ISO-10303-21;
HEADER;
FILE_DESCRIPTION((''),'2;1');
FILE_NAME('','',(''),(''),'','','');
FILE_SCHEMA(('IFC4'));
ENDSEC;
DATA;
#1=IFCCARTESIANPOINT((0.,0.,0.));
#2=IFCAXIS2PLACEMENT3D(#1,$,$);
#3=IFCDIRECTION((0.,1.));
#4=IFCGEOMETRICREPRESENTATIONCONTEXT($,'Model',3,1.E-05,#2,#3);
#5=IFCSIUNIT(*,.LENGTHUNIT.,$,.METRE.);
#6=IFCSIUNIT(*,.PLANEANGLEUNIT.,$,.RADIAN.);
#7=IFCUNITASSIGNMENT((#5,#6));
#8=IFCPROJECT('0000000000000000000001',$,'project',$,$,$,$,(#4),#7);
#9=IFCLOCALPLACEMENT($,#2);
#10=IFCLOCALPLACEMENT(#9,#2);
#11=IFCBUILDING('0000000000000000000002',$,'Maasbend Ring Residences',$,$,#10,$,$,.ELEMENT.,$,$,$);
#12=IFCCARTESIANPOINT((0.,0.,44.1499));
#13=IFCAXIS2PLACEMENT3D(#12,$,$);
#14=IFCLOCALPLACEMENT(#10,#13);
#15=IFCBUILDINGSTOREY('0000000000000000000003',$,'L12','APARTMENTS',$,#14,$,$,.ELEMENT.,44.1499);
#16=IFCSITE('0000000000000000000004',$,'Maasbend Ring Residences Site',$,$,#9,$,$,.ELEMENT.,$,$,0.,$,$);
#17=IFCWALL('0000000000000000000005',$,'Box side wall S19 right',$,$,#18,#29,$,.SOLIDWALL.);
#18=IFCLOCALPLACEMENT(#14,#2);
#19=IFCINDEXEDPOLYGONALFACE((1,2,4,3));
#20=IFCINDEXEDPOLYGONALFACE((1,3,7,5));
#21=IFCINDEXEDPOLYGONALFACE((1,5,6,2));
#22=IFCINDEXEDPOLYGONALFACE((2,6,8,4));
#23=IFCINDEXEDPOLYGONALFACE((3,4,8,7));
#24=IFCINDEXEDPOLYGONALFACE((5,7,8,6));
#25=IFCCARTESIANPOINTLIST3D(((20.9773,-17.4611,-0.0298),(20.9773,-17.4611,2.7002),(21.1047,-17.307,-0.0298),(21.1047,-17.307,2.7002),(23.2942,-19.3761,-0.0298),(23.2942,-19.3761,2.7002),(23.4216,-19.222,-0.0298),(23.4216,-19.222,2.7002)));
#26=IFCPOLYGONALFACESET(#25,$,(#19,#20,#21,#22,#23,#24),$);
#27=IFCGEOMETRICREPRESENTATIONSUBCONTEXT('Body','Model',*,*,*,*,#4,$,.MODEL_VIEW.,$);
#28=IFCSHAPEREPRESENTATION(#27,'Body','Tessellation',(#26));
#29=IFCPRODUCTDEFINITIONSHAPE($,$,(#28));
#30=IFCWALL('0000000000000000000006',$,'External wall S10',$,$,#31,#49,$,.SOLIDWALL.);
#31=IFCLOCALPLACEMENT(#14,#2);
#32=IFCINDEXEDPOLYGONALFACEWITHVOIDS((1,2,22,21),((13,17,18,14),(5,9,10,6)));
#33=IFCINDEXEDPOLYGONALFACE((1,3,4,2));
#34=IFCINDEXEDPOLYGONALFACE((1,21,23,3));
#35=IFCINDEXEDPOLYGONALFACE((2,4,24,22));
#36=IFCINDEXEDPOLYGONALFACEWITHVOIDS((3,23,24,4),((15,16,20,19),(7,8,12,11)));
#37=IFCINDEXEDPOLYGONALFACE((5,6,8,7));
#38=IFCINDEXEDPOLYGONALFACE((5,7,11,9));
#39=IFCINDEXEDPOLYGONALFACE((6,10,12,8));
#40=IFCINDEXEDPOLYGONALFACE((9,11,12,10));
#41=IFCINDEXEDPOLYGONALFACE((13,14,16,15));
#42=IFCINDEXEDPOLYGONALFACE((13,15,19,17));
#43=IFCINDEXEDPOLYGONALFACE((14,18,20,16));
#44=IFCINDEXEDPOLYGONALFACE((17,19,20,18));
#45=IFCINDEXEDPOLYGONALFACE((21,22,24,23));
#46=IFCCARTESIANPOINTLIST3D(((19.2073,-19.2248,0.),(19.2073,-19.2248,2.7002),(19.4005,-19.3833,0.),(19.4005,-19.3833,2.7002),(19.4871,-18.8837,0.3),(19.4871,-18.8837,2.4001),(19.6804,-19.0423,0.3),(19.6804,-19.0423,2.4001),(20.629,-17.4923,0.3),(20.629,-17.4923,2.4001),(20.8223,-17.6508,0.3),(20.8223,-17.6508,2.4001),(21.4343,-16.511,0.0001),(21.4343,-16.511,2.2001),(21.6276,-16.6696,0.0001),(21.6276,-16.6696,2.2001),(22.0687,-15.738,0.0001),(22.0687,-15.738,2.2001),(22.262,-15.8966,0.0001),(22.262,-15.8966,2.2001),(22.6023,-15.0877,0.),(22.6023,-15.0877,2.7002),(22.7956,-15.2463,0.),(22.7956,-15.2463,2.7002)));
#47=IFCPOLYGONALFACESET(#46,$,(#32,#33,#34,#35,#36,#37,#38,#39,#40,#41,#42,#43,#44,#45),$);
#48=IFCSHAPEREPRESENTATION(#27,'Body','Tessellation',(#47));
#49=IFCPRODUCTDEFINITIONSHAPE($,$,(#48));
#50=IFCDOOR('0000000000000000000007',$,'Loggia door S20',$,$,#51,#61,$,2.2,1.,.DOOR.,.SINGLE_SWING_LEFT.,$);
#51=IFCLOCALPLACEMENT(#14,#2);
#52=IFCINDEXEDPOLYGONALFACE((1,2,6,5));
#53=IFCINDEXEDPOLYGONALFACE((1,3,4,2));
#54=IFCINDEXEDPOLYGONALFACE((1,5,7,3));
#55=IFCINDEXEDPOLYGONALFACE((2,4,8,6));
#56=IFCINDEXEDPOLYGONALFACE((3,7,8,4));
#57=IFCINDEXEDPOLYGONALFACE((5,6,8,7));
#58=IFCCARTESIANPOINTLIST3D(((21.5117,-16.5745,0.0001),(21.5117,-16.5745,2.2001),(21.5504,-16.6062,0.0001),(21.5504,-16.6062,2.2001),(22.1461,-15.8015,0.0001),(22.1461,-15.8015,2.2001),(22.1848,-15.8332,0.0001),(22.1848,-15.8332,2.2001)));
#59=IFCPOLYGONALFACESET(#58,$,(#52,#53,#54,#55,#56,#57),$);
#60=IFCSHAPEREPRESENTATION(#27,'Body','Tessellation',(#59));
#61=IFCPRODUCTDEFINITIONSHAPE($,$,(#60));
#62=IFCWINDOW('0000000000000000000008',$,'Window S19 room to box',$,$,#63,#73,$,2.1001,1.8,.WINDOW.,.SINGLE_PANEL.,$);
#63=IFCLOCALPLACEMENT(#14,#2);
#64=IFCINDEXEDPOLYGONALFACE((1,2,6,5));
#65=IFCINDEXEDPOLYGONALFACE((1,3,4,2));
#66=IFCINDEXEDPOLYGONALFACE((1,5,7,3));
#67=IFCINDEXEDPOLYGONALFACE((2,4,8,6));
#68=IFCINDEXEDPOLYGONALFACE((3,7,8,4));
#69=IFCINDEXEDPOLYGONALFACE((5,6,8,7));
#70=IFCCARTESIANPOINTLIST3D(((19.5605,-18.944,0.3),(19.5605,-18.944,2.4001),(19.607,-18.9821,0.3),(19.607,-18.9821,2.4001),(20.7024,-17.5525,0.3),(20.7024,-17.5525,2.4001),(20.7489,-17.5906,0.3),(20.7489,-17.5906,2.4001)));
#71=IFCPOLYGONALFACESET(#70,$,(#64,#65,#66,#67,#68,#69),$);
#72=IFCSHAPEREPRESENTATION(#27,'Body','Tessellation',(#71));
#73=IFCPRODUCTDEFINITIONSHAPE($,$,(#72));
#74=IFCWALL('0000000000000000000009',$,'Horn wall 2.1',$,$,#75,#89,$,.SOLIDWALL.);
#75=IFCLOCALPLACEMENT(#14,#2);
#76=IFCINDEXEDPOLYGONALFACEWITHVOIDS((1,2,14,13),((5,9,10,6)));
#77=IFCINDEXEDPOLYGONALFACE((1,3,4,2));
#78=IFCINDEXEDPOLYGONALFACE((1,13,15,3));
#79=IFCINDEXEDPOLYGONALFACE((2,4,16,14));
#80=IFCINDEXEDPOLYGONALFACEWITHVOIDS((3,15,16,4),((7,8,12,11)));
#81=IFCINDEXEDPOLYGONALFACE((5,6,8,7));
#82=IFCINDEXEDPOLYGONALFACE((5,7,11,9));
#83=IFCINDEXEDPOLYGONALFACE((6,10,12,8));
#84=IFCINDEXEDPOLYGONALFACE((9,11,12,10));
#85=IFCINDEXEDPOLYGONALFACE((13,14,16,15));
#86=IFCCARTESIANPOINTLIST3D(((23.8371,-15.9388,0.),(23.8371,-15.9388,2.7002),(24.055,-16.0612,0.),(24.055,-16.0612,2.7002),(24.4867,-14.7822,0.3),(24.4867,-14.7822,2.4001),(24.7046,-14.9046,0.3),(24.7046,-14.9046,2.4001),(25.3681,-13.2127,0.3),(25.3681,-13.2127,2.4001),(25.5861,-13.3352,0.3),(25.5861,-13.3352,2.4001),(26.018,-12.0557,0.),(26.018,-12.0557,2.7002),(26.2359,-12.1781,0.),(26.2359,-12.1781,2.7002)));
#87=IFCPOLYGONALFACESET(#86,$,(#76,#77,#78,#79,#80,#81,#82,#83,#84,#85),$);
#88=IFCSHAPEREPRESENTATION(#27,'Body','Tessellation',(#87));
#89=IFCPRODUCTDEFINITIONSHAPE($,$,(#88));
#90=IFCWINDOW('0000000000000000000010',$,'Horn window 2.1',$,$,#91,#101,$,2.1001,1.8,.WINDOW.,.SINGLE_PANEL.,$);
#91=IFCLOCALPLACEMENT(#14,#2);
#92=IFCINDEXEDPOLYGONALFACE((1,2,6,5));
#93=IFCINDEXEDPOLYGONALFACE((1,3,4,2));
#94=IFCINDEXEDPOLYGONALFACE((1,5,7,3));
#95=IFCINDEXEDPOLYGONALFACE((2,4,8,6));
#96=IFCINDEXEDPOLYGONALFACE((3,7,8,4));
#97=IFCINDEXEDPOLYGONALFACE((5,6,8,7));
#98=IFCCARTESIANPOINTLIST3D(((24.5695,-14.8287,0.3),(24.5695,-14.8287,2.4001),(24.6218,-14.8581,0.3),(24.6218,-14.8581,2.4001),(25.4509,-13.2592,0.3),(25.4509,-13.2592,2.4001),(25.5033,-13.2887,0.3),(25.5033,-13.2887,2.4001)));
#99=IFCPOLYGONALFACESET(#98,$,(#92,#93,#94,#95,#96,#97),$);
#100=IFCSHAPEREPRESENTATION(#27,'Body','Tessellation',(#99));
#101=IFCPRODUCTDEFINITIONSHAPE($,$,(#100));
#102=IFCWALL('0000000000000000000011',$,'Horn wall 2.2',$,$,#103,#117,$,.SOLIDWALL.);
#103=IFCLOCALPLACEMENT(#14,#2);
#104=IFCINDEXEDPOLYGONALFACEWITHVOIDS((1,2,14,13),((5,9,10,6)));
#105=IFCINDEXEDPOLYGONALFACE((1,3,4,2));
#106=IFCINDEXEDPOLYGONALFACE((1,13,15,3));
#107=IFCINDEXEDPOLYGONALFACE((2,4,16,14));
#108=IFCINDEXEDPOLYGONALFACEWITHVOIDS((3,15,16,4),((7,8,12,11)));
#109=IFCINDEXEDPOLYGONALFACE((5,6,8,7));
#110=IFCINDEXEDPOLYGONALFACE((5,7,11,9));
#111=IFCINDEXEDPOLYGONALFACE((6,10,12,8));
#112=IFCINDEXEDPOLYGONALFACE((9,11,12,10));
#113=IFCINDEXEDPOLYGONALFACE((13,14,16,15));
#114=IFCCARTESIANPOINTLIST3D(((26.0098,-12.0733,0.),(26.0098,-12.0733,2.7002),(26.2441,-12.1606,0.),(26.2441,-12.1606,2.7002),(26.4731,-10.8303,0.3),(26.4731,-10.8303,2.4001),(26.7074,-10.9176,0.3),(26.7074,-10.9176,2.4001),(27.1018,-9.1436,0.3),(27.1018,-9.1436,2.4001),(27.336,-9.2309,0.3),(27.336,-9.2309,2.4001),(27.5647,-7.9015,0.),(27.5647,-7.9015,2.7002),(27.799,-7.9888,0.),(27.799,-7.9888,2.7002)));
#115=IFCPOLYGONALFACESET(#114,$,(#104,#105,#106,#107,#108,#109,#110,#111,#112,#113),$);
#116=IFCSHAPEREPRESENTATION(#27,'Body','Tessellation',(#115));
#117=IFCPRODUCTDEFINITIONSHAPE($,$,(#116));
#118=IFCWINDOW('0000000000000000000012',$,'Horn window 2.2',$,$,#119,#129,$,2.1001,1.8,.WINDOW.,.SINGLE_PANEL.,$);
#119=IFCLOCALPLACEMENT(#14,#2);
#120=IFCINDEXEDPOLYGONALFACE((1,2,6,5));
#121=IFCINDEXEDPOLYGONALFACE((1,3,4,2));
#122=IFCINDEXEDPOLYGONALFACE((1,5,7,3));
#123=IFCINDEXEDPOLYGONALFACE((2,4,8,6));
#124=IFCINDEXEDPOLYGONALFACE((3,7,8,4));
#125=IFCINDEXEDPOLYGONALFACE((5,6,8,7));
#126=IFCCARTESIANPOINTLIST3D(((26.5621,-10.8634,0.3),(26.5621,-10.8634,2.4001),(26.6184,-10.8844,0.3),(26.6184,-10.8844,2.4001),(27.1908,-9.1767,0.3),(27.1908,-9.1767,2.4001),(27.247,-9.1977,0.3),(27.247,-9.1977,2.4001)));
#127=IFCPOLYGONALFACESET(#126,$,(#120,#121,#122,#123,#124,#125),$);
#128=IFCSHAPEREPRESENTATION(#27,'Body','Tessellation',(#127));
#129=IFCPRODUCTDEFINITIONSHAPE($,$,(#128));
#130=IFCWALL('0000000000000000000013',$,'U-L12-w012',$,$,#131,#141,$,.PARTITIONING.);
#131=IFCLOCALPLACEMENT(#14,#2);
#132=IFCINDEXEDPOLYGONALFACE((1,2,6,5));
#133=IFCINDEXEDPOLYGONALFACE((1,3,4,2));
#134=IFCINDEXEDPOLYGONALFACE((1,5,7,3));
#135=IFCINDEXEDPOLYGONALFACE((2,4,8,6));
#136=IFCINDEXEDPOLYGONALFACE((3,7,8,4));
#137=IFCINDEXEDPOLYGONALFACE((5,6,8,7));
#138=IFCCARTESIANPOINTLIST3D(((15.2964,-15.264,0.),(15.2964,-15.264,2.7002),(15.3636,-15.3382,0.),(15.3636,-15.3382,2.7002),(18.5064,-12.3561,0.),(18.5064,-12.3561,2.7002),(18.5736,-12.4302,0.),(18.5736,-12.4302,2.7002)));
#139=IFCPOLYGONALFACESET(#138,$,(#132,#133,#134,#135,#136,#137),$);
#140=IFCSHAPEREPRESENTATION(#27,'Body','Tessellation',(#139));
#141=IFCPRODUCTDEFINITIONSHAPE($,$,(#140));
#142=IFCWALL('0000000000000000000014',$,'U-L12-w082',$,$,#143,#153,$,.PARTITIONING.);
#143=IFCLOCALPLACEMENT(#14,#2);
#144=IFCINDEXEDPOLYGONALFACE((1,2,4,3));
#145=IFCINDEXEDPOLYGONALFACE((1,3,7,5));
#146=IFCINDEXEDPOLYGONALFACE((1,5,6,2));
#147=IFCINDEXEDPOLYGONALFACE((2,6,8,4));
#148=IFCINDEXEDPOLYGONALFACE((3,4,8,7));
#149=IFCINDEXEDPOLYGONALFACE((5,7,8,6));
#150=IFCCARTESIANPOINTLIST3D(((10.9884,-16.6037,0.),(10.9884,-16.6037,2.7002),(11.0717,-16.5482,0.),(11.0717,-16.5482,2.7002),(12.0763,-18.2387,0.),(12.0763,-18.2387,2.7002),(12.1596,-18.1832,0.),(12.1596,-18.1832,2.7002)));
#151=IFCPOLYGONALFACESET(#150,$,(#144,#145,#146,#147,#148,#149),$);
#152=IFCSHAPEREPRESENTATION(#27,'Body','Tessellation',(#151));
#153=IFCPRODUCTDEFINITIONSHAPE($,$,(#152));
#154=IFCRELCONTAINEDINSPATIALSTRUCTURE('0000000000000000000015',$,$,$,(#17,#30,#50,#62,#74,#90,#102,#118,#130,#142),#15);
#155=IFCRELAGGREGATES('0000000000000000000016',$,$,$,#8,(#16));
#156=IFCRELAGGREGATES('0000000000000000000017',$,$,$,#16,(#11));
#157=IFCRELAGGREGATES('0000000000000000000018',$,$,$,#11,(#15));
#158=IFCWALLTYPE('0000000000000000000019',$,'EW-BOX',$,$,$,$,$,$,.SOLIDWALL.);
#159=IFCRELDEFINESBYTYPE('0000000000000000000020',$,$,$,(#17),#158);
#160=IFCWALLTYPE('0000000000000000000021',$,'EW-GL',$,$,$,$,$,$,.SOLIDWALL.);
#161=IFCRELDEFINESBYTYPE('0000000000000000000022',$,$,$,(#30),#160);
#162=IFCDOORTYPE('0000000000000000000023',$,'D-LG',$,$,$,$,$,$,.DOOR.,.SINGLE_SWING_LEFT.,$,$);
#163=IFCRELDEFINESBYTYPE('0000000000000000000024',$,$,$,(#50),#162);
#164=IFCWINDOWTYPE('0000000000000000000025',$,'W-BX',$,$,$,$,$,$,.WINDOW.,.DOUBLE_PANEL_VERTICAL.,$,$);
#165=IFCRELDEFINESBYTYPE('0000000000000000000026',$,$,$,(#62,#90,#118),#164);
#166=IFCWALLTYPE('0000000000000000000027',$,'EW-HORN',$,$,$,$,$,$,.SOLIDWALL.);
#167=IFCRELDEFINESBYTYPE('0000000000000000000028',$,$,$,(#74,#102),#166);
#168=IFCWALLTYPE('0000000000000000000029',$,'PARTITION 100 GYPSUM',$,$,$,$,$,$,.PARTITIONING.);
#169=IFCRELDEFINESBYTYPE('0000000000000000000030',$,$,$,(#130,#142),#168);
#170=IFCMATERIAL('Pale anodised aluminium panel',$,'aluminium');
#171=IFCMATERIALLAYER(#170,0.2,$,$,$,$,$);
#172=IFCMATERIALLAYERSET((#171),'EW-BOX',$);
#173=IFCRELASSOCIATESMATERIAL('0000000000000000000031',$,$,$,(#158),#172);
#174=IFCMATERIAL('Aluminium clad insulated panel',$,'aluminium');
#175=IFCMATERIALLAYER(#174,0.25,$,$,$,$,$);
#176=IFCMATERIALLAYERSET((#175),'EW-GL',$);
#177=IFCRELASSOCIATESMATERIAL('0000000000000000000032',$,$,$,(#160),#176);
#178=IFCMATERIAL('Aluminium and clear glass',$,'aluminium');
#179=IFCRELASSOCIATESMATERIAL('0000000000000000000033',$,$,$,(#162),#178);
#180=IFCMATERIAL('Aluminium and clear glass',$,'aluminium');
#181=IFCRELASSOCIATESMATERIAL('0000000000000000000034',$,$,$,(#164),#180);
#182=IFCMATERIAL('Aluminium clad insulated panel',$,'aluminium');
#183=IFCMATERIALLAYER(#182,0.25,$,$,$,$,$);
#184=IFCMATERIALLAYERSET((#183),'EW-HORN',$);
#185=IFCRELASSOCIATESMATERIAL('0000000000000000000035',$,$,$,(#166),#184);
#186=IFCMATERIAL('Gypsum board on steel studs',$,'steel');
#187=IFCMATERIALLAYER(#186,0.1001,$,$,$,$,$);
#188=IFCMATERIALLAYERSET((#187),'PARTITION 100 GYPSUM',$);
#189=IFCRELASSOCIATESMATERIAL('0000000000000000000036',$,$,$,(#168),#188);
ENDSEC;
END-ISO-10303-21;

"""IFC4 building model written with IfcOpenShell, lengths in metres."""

from ifc_helpers import new_model, si_unit, direction, frame, frame_2d, origin, place, context, subcontext, project, spatial, rectangle, extrude, material, layer, layer_set, type_object, element, fill, save


model = new_model("IFC4")

# Units and contexts
model_context = context("Model", 3, precision=1e-05, world=origin(), true_north=direction((0.0, 1.0)))
body_context = subcontext(model_context, "Body", "Model", "MODEL_VIEW")
ifc_project = project(units=[si_unit("LENGTHUNIT", "METRE"), si_unit("PLANEANGLEUNIT", "RADIAN")], contexts=[model_context])

# Site, building, storey
site_placement = place(None, origin())
site = spatial("IfcSite", under=ifc_project, at=site_placement, Name="Maasbend Ring Residences Site", CompositionType="ELEMENT", RefElevation=0.0)
building_placement = place(site_placement, origin())
building = spatial("IfcBuilding", under=site, at=building_placement, Name="Maasbend Ring Residences", CompositionType="ELEMENT")
storey_placement = place(building_placement, frame((0.0, 0.0, 44.1499)))
storey = spatial("IfcBuildingStorey", under=building, at=storey_placement, Name="L12", Description="APARTMENTS", CompositionType="ELEMENT", Elevation=44.1499)

# Wall
ifc_material_1 = material(Name="Pale anodised aluminium panel", Category="aluminium")
ifc_layer_1 = layer(ifc_material_1, 0.2)
ifc_layer_set_1 = layer_set([ifc_layer_1], Name="EW-BOX")
wall_type_1 = type_object("IfcWallType", Name="EW-BOX", PredefinedType="SOLIDWALL", material=ifc_layer_set_1)
wall_1_placement = place(storey_placement, frame((21.041, -17.384, -0.0298), z_axis=(0.0, 0.0, 1.0), x_axis=(0.770785, -0.637096, 0.0)))
element("IfcWall", 1, at=wall_1_placement, inside=storey, type_object=wall_type_1, Name="Box side wall S19 right", PredefinedType="SOLIDWALL", context=body_context, shape_type="SweptSolid", body=[
    extrude(rectangle(XDim=3.0059, YDim=0.2, at=frame_2d((1.5029, 0.0))), origin(), (0.0, 0.0, 1.0), 2.73),
])

# Wall, openings, door, window
ifc_material_2 = material(Name="Aluminium clad insulated panel", Category="aluminium")
ifc_layer_2 = layer(ifc_material_2, 0.25)
ifc_layer_set_2 = layer_set([ifc_layer_2], Name="EW-GL")
wall_type_2 = type_object("IfcWallType", Name="EW-GL", PredefinedType="SOLIDWALL", material=ifc_layer_set_2)
wall_2_placement = place(storey_placement, frame((19.304, -19.304, 0.0), z_axis=(0.0, 0.0, 1.0), x_axis=(0.634382, 0.773019, 0.0)))
wall_2 = element("IfcWall", 2, at=wall_2_placement, inside=storey, type_object=wall_type_2, Name="External wall S10", PredefinedType="SOLIDWALL", context=body_context, shape_type="SweptSolid", body=[
    extrude(rectangle(XDim=5.3518, YDim=0.25, at=frame_2d((2.6758, 0.0))), origin(), (0.0, 0.0, 1.0), 2.7002),
])
opening_1_placement = place(wall_2_placement, frame((0.4412, 0.0, 0.3)))
opening_1 = element("IfcOpeningElement", 3, at=opening_1_placement, cuts=wall_2, PredefinedType="OPENING", context=body_context, shape_type="SweptSolid", body=[
    extrude(rectangle(XDim=1.8, YDim=2.1001, at=frame_2d((0.8999, 1.05))), frame((0.0, 0.135, 0.0), z_axis=(0.0, -1.0, 0.0), x_axis=(1.0, 0.0, 0.0)), (0.0, 0.0, 1.0), 0.27),
])
opening_2_placement = place(wall_2_placement, frame((3.5105, 0.0, 0.0)))
opening_2 = element("IfcOpeningElement", 4, at=opening_2_placement, cuts=wall_2, PredefinedType="OPENING", context=body_context, shape_type="SweptSolid", body=[
    extrude(rectangle(XDim=1.0, YDim=2.2, at=frame_2d((0.5, 1.1001))), frame((0.0, 0.135, 0.0), z_axis=(0.0, -1.0, 0.0), x_axis=(1.0, 0.0, 0.0)), (0.0, 0.0, 1.0), 0.27),
])
ifc_material_3 = material(Name="Aluminium and clear glass", Category="aluminium")
door_type_1 = type_object("IfcDoorType", Name="D-LG", OperationType="SINGLE_SWING_LEFT", PredefinedType="DOOR", material=ifc_material_3)
door_1_placement = place(opening_2_placement, origin())
door_1 = element("IfcDoor", 5, at=door_1_placement, inside=storey, type_object=door_type_1, Name="Loggia door S20", OperationType="SINGLE_SWING_LEFT", OverallHeight=2.2, OverallWidth=1.0, PredefinedType="DOOR", context=body_context, shape_type="SweptSolid", body=[
    extrude(rectangle(XDim=1.0, YDim=2.2, at=frame_2d((0.5, 1.1001))), frame((0.0, 0.0249, 0.0), z_axis=(0.0, -1.0, 0.0), x_axis=(1.0, 0.0, 0.0)), (0.0, 0.0, 1.0), 0.05),
])
fill(opening_2, door_1)
ifc_material_4 = material(Name="Aluminium and clear glass", Category="aluminium")
window_type = type_object("IfcWindowType", Name="W-BX", PartitioningType="DOUBLE_PANEL_VERTICAL", PredefinedType="WINDOW", material=ifc_material_4)
window_1_placement = place(opening_1_placement, origin())
window_1 = element("IfcWindow", 6, at=window_1_placement, inside=storey, type_object=window_type, Name="Window S19 room to box", OverallHeight=2.1001, OverallWidth=1.8, PartitioningType="SINGLE_PANEL", PredefinedType="WINDOW", context=body_context, shape_type="SweptSolid", body=[
    extrude(rectangle(XDim=1.8, YDim=2.1001, at=frame_2d((0.8999, 1.05))), frame((0.0, 0.03, 0.0), z_axis=(0.0, -1.0, 0.0), x_axis=(1.0, 0.0, 0.0)), (0.0, 0.0, 1.0), 0.0601),
])
fill(opening_1, window_1)

# Walls, openings, windows
ifc_material_5 = material(Name="Aluminium clad insulated panel", Category="aluminium")
ifc_layer_3 = layer(ifc_material_5, 0.25)
ifc_layer_set_3 = layer_set([ifc_layer_3], Name="EW-HORN")
wall_type_3 = type_object("IfcWallType", Name="EW-HORN", PredefinedType="SOLIDWALL", material=ifc_layer_set_3)
wall_3_placement = place(storey_placement, frame((23.946, -16.0, 0.0), z_axis=(0.0, 0.0, 1.0), x_axis=(0.489696, 0.871893, 0.0)))
wall_3 = element("IfcWall", 7, at=wall_3_placement, inside=storey, type_object=wall_type_3, Name="Horn wall 2.1", PredefinedType="SOLIDWALL", context=body_context, shape_type="SweptSolid", body=[
    extrude(rectangle(XDim=4.4536, YDim=0.25, at=frame_2d((2.2268, 0.0))), origin(), (0.0, 0.0, 1.0), 2.7002),
])
opening_3_placement = place(wall_3_placement, frame((1.3267, 0.0, 0.3)))
opening_3 = element("IfcOpeningElement", 8, at=opening_3_placement, cuts=wall_3, PredefinedType="OPENING", context=body_context, shape_type="SweptSolid", body=[
    extrude(rectangle(XDim=1.8, YDim=2.1001, at=frame_2d((0.8999, 1.05))), frame((0.0, 0.135, 0.0), z_axis=(0.0, -1.0, 0.0), x_axis=(1.0, 0.0, 0.0)), (0.0, 0.0, 1.0), 0.27),
])
window_2_placement = place(opening_3_placement, origin())
window_2 = element("IfcWindow", 9, at=window_2_placement, inside=storey, type_object=window_type, Name="Horn window 2.1", OverallHeight=2.1001, OverallWidth=1.8, PartitioningType="SINGLE_PANEL", PredefinedType="WINDOW", context=body_context, shape_type="SweptSolid", body=[
    extrude(rectangle(XDim=1.8, YDim=2.1001, at=frame_2d((0.8999, 1.05))), frame((0.0, 0.03, 0.0), z_axis=(0.0, -1.0, 0.0), x_axis=(1.0, 0.0, 0.0)), (0.0, 0.0, 1.0), 0.0601),
])
fill(opening_3, window_2)
wall_4_placement = place(storey_placement, frame((26.127, -12.1169, 0.0), z_axis=(0.0, 0.0, 1.0), x_axis=(0.349248, 0.93703, 0.0)))
wall_4 = element("IfcWall", 10, at=wall_4_placement, inside=storey, type_object=wall_type_3, Name="Horn wall 2.2", PredefinedType="SOLIDWALL", context=body_context, shape_type="SweptSolid", body=[
    extrude(rectangle(XDim=4.4521, YDim=0.25, at=frame_2d((2.2261, 0.0))), origin(), (0.0, 0.0, 1.0), 2.7002),
])
opening_4_placement = place(wall_4_placement, frame((1.3267, 0.0, 0.3)))
opening_4 = element("IfcOpeningElement", 11, at=opening_4_placement, cuts=wall_4, PredefinedType="OPENING", context=body_context, shape_type="SweptSolid", body=[
    extrude(rectangle(XDim=1.8, YDim=2.1001, at=frame_2d((0.8999, 1.05))), frame((0.0, 0.135, 0.0), z_axis=(0.0, -1.0, 0.0), x_axis=(1.0, 0.0, 0.0)), (0.0, 0.0, 1.0), 0.27),
])
window_3_placement = place(opening_4_placement, origin())
window_3 = element("IfcWindow", 12, at=window_3_placement, inside=storey, type_object=window_type, Name="Horn window 2.2", OverallHeight=2.1001, OverallWidth=1.8, PartitioningType="SINGLE_PANEL", PredefinedType="WINDOW", context=body_context, shape_type="SweptSolid", body=[
    extrude(rectangle(XDim=1.8, YDim=2.1001, at=frame_2d((0.8999, 1.05))), frame((0.0, 0.03, 0.0), z_axis=(0.0, -1.0, 0.0), x_axis=(1.0, 0.0, 0.0)), (0.0, 0.0, 1.0), 0.0601),
])
fill(opening_4, window_3)

# Walls
ifc_material_6 = material(Name="Gypsum board on steel studs", Category="steel")
ifc_layer_4 = layer(ifc_material_6, 0.1001)
ifc_layer_set_4 = layer_set([ifc_layer_4], Name="PARTITION 100 GYPSUM")
wall_type_4 = type_object("IfcWallType", Name="PARTITION 100 GYPSUM", PredefinedType="PARTITIONING", material=ifc_layer_set_4)
wall_5_placement = place(storey_placement, frame((15.3301, -15.301, 0.0), z_axis=(0.0, 0.0, 1.0), x_axis=(0.74111, 0.671384, 0.0)))
element("IfcWall", 13, at=wall_5_placement, inside=storey, type_object=wall_type_4, Name="U-L12-w012", PredefinedType="PARTITIONING", context=body_context, shape_type="SweptSolid", body=[
    extrude(rectangle(XDim=4.3313, YDim=0.1001, at=frame_2d((2.1655, 0.0))), origin(), (0.0, 0.0, 1.0), 2.7002),
])
wall_6_placement = place(storey_placement, frame((11.03, -16.5759, 0.0), z_axis=(0.0, 0.0, 1.0), x_axis=(0.553954, -0.832547, 0.0)))
element("IfcWall", 14, at=wall_6_placement, inside=storey, type_object=wall_type_4, Name="U-L12-w082", PredefinedType="PARTITIONING", context=body_context, shape_type="SweptSolid", body=[
    extrude(rectangle(XDim=1.9639, YDim=0.1001, at=frame_2d((0.9819, 0.0))), origin(), (0.0, 0.0, 1.0), 2.7002),
])

save(model, "model.ifc")
